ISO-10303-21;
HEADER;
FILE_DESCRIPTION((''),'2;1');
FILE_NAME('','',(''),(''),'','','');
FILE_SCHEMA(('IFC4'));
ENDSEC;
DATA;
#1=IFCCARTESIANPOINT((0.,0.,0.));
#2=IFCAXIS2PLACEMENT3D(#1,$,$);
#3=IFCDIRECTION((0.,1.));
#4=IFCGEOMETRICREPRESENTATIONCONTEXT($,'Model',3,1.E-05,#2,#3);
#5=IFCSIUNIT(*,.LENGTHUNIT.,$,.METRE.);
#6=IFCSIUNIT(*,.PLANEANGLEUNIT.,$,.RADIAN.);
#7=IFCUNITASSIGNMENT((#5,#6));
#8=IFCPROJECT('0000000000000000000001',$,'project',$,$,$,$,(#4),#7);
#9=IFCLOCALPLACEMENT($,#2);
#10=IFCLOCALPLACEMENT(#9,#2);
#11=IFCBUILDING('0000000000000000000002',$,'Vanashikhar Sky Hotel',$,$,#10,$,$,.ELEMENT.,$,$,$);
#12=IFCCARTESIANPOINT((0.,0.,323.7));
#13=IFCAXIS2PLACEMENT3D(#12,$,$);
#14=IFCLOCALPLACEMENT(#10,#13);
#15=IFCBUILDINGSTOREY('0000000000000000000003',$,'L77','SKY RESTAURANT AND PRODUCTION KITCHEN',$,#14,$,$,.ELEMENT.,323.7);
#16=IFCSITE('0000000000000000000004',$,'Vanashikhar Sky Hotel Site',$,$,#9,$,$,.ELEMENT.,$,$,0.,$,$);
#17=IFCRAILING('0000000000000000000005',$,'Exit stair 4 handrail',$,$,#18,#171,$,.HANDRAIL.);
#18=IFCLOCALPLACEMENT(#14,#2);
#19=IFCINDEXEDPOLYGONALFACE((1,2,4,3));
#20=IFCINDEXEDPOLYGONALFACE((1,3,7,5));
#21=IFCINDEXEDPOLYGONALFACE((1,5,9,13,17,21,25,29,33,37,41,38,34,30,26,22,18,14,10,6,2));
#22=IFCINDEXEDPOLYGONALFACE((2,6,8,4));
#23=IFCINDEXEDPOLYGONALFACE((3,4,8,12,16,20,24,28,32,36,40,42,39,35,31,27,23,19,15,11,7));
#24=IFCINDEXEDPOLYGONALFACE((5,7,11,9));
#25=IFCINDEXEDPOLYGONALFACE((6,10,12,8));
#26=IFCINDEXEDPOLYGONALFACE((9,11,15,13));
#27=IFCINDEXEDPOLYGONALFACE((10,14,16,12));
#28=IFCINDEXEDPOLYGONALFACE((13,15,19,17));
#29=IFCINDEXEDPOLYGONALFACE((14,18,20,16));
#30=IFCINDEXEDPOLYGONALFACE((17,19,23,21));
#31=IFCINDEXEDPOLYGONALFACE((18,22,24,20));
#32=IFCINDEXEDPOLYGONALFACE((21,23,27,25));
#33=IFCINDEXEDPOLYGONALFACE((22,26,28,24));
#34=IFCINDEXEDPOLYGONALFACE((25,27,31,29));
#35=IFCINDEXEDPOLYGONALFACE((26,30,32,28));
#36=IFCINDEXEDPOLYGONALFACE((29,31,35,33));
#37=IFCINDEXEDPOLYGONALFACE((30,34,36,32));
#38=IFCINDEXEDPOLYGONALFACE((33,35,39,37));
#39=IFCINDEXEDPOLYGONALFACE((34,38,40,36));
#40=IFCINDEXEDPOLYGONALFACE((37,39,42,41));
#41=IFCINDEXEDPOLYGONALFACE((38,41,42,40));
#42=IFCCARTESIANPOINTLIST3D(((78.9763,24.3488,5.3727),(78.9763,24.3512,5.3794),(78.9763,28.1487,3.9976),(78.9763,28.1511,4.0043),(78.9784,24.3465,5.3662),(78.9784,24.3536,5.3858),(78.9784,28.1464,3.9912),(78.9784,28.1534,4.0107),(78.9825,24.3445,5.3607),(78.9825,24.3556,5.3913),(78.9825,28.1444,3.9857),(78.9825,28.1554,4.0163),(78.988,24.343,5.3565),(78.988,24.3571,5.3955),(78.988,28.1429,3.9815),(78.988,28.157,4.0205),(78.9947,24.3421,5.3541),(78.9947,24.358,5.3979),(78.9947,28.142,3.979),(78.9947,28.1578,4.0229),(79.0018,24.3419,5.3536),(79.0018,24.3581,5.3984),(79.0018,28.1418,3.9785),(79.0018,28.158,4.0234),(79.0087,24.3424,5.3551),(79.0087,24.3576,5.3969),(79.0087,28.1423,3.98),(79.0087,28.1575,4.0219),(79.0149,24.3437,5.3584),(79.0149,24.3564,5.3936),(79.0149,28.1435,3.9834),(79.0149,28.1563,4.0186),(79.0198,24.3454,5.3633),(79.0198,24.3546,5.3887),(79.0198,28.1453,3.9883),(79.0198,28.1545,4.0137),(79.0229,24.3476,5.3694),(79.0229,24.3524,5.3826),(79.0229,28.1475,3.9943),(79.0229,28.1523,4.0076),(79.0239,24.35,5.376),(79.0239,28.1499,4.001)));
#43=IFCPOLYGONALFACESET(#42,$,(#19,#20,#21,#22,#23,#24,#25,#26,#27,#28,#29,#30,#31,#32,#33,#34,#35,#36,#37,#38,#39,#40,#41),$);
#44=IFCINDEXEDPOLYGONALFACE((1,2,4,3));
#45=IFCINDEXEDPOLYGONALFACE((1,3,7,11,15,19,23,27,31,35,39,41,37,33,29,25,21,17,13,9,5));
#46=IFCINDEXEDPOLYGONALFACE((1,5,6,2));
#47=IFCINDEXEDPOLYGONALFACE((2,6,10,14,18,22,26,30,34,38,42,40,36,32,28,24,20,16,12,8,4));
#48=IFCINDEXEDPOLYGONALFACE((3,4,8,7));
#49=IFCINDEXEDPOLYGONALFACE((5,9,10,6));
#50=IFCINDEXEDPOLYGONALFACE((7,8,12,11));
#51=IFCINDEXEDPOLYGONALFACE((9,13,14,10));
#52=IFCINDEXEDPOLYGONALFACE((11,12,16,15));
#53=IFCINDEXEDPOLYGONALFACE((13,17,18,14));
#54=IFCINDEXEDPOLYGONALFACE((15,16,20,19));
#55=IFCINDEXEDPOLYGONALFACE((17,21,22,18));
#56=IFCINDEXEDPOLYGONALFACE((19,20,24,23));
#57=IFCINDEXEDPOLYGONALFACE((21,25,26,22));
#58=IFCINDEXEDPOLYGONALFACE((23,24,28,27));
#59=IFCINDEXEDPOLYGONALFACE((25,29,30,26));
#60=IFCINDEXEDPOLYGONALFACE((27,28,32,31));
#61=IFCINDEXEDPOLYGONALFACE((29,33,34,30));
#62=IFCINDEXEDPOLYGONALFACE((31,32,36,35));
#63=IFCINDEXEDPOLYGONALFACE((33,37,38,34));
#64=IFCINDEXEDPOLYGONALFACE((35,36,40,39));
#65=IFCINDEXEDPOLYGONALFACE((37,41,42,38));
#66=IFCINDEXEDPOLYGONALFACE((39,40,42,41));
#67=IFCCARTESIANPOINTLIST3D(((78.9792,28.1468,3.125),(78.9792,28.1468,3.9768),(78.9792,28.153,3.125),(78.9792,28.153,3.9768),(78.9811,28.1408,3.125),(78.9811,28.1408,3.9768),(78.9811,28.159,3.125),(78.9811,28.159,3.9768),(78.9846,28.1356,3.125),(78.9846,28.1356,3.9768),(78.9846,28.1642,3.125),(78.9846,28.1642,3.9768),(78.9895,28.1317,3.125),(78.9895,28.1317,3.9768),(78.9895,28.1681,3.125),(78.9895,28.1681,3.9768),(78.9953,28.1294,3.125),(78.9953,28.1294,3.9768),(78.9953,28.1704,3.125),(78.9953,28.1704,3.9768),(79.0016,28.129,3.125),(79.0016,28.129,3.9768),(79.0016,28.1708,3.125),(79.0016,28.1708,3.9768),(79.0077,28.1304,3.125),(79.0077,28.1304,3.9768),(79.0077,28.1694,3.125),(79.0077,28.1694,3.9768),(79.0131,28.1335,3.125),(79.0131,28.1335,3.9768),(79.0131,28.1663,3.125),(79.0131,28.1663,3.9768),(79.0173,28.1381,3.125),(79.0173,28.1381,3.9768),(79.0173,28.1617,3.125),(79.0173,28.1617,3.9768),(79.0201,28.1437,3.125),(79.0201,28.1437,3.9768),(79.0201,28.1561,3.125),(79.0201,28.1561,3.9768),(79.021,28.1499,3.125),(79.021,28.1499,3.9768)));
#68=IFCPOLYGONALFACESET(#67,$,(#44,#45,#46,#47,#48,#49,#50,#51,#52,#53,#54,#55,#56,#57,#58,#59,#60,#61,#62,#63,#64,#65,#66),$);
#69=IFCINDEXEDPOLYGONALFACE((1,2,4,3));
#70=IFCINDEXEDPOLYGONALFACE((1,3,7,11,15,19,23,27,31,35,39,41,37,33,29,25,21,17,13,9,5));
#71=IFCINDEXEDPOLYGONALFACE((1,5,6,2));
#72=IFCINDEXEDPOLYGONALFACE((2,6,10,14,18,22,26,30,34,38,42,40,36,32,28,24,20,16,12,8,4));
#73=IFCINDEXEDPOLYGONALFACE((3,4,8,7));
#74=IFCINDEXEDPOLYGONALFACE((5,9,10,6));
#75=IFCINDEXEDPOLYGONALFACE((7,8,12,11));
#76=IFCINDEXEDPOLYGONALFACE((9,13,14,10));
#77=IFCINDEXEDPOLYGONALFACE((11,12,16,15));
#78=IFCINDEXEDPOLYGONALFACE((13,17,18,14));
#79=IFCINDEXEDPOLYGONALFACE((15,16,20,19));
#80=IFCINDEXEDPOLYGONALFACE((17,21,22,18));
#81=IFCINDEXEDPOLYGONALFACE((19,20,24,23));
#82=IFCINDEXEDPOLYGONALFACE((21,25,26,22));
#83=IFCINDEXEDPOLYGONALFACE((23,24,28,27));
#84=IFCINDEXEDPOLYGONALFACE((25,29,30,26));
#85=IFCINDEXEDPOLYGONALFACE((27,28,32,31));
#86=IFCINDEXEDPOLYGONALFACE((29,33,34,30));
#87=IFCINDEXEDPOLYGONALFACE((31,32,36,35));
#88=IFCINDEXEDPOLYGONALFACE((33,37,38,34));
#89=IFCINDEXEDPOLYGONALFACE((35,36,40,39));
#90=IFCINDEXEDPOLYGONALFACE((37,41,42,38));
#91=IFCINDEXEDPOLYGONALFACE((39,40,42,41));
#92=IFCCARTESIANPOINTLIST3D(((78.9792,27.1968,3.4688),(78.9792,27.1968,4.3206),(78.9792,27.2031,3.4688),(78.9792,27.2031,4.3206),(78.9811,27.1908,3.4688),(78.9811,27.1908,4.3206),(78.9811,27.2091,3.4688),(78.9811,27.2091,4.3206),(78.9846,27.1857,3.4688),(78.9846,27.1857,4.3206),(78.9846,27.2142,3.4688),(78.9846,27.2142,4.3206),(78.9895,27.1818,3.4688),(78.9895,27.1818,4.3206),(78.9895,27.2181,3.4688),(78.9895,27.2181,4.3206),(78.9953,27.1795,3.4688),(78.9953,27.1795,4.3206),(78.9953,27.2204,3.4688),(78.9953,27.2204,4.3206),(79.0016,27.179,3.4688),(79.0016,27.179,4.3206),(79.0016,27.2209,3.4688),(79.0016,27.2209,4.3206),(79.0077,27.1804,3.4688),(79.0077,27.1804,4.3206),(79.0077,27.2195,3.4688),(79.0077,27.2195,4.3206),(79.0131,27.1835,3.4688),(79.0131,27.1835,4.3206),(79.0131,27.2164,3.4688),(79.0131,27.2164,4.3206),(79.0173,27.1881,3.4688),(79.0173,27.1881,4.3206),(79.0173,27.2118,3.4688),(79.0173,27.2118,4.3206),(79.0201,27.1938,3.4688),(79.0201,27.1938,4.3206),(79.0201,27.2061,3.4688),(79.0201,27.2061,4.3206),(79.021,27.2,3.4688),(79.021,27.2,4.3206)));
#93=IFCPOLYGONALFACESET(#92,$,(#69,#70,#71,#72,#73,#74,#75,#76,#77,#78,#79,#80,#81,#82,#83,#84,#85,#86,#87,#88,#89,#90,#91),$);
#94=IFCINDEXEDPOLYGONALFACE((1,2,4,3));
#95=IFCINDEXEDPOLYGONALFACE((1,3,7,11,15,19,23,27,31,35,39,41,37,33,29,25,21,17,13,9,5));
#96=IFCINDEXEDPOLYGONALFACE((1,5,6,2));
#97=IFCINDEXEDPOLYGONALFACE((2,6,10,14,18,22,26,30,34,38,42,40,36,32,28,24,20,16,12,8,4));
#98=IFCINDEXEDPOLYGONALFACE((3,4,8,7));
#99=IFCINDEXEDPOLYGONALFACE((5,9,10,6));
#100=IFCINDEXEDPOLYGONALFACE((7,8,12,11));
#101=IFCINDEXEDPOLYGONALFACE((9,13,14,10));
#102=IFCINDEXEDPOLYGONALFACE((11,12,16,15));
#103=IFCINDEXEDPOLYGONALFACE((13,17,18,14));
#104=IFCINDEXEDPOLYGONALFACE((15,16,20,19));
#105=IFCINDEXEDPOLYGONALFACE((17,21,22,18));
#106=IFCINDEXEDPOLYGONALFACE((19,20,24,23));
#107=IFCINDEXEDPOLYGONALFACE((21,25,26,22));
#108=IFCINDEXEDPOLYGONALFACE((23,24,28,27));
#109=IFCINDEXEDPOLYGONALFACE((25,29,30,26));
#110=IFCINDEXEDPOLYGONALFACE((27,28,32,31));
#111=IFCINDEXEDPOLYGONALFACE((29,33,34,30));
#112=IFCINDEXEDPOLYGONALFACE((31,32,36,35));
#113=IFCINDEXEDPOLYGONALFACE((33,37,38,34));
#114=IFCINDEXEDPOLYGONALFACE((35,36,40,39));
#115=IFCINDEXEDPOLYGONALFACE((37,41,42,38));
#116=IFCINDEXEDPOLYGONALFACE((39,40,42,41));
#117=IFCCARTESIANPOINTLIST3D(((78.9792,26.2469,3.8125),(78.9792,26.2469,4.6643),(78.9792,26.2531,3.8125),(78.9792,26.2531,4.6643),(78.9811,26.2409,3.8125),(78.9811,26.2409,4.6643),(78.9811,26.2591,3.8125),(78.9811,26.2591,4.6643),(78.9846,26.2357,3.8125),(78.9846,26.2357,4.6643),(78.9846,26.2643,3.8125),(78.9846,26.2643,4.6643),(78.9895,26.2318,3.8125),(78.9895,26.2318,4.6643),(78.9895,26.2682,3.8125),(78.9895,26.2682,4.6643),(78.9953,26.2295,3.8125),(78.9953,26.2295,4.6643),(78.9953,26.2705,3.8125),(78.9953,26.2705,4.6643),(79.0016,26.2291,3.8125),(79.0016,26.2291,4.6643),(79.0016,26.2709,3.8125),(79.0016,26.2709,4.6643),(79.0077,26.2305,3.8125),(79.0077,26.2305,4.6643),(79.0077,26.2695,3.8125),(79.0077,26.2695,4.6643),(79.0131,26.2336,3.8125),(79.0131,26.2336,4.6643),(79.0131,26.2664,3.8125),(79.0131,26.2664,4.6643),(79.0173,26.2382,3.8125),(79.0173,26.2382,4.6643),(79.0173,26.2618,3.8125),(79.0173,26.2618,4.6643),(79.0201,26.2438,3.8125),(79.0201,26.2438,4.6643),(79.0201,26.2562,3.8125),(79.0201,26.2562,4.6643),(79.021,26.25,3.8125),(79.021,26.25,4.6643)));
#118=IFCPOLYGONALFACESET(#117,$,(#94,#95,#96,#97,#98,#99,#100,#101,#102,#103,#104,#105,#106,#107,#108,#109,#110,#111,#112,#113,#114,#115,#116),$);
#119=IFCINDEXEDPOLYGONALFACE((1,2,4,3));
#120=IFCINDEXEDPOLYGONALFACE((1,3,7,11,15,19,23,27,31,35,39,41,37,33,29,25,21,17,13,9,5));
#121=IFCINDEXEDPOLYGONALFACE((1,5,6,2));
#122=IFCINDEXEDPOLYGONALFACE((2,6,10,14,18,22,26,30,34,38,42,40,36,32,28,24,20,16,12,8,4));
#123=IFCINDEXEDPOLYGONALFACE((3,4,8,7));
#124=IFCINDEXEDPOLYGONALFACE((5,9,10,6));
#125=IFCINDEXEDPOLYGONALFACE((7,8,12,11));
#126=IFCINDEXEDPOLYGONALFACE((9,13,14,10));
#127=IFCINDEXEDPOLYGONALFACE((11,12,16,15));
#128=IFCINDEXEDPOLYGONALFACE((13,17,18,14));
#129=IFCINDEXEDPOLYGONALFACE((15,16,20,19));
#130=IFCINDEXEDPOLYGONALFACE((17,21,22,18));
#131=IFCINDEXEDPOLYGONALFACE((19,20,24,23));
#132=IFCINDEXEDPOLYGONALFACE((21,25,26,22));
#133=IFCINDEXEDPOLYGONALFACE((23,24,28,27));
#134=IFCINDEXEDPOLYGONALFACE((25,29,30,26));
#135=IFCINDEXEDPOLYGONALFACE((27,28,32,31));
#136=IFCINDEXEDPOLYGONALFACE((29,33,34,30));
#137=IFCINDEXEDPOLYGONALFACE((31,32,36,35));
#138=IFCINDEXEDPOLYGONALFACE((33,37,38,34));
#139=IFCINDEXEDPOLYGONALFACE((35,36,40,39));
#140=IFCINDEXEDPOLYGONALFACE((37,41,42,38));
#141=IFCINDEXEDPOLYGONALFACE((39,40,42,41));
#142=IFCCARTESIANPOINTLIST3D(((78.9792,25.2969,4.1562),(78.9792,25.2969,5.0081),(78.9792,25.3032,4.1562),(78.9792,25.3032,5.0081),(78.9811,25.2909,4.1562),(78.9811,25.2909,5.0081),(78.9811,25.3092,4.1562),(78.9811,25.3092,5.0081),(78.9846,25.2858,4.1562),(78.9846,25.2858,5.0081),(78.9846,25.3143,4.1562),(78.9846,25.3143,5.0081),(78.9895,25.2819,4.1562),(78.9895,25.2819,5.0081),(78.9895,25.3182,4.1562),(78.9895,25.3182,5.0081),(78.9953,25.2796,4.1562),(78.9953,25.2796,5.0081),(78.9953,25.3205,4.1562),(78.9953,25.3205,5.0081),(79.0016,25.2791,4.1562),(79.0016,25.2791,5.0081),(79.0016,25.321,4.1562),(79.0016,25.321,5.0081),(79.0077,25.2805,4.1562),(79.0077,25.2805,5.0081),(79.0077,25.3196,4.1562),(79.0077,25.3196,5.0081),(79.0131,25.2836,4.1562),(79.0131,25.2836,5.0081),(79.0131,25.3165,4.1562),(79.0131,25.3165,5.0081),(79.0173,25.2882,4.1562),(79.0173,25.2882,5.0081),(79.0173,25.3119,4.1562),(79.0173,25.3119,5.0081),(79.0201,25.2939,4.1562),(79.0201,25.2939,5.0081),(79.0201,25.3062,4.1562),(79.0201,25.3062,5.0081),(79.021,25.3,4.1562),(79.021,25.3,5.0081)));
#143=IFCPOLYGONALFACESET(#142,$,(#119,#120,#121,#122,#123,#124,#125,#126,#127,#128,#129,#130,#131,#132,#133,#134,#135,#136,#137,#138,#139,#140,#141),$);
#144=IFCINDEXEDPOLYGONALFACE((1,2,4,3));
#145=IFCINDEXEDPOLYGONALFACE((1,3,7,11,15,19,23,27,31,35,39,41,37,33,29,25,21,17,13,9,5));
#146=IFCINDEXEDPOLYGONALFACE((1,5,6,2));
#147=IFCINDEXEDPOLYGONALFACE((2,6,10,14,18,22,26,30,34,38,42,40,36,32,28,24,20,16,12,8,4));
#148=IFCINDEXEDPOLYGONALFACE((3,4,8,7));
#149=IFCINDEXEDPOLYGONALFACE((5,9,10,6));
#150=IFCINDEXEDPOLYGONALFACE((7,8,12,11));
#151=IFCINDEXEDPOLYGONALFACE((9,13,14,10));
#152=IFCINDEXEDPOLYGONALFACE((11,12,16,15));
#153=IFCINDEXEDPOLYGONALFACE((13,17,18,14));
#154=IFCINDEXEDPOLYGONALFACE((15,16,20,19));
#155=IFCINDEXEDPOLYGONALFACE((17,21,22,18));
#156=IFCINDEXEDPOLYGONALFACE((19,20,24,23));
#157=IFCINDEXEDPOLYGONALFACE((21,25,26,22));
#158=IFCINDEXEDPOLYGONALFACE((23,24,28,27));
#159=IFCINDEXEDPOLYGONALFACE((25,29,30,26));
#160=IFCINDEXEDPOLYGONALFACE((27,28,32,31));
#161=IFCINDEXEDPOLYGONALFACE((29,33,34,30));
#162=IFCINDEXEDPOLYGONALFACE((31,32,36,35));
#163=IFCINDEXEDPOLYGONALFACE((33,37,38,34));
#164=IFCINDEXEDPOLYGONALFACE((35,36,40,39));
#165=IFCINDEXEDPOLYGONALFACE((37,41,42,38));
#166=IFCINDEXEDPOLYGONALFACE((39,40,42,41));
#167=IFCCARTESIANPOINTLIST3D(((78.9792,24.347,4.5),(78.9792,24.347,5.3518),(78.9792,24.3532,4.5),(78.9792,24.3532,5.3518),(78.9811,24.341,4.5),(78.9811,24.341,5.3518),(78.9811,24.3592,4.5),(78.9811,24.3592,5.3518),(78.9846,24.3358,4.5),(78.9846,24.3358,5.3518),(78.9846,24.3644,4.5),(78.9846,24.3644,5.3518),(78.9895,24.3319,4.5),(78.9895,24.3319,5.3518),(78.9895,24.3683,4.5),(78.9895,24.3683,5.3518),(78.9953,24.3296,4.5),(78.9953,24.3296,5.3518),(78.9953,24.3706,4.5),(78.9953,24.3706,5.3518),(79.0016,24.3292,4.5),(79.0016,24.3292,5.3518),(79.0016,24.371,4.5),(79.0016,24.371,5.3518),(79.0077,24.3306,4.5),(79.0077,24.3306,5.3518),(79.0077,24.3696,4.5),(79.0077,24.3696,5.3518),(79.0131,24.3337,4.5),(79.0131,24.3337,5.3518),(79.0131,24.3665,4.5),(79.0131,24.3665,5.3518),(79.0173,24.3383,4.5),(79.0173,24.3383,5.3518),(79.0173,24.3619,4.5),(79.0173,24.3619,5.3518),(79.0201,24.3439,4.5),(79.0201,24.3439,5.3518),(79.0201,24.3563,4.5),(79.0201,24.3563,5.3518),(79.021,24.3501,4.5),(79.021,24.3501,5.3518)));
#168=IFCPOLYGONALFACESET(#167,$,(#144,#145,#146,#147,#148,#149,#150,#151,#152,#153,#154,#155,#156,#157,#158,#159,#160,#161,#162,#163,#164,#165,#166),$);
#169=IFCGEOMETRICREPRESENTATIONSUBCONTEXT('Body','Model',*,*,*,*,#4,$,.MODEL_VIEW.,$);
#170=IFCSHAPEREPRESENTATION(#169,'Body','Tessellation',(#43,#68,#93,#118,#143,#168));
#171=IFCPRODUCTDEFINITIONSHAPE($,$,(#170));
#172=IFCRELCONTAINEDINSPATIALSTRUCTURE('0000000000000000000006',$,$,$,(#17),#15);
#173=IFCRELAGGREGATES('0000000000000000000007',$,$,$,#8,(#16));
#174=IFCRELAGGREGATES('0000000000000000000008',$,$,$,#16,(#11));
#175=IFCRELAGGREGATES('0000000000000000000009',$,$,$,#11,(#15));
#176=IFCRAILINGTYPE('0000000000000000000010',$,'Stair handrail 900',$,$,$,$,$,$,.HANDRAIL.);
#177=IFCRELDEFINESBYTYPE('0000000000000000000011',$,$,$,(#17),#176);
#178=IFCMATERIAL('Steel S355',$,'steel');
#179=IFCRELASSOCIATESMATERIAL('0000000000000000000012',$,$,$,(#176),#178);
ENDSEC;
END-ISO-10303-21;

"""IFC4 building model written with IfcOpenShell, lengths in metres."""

from ifc_helpers import new_model, si_unit, direction, frame, origin, origin_2d, place, context, subcontext, project, spatial, circle, extrude, source, transform, mapped, material, type_object, element, save


model = new_model("IFC4")

# Units and contexts
model_context = context("Model", 3, precision=1e-05, world=origin(), true_north=direction((0.0, 1.0)))
body_context = subcontext(model_context, "Body", "Model", "MODEL_VIEW")
ifc_project = project(units=[si_unit("LENGTHUNIT", "METRE"), si_unit("PLANEANGLEUNIT", "RADIAN")], contexts=[model_context])

# Site, building, storey
site_placement = place(None, origin())
site = spatial("IfcSite", under=ifc_project, at=site_placement, Name="Vanashikhar Sky Hotel Site", CompositionType="ELEMENT", RefElevation=0.0)
building_placement = place(site_placement, origin())
building = spatial("IfcBuilding", under=site, at=building_placement, Name="Vanashikhar Sky Hotel", CompositionType="ELEMENT")
storey_placement = place(building_placement, frame((0.0, 0.0, 323.7)))
storey = spatial("IfcBuildingStorey", under=building, at=storey_placement, Name="L77", Description="SKY RESTAURANT AND PRODUCTION KITCHEN", CompositionType="ELEMENT", Elevation=323.7)

# Railing
ifc_material_1 = material(Name="Steel S355", Category="steel")
railing_type_1 = type_object("IfcRailingType", Name="Stair handrail 900", PredefinedType="HANDRAIL", material=ifc_material_1)
shared_shape_1 = source(origin(), body_context, "Body", "SweptSolid", [
    extrude(circle(Radius=0.0239, at=origin_2d()), frame((0.0, 0.0, 0.876), z_axis=(0.0, -0.940329, 0.340268), x_axis=(1.0, 0.0, 0.0)), (0.0, 0.0, 1.0), 4.041),
    extrude(circle(Radius=0.021, at=origin_2d()), origin(), (0.0, 0.0, 1.0), 0.8518),
    extrude(circle(Radius=0.021, at=origin_2d()), frame((0.0, -0.95, 0.3438)), (0.0, 0.0, 1.0), 0.8518),
    extrude(circle(Radius=0.021, at=origin_2d()), frame((0.0, -1.8999, 0.6875)), (0.0, 0.0, 1.0), 0.8518),
    extrude(circle(Radius=0.021, at=origin_2d()), frame((0.0, -2.8499, 1.0312)), (0.0, 0.0, 1.0), 0.8518),
    extrude(circle(Radius=0.021, at=origin_2d()), frame((0.0, -3.7998, 1.375)), (0.0, 0.0, 1.0), 0.8518),
])
for number, where, name in (
    (1, (79.0, 28.1499, 3.125), "Exit stair 4 handrail"),
):
    element("IfcRailing", number, at=place(storey_placement, frame(where)), inside=storey, type_object=railing_type_1, Name=name, PredefinedType="HANDRAIL", context=body_context, shape_type="MappedRepresentation", body=[
        mapped(shared_shape_1, transform((0.0, 0.0, 0.0), scale=1.0)),
    ])

save(model, "model.ifc")
